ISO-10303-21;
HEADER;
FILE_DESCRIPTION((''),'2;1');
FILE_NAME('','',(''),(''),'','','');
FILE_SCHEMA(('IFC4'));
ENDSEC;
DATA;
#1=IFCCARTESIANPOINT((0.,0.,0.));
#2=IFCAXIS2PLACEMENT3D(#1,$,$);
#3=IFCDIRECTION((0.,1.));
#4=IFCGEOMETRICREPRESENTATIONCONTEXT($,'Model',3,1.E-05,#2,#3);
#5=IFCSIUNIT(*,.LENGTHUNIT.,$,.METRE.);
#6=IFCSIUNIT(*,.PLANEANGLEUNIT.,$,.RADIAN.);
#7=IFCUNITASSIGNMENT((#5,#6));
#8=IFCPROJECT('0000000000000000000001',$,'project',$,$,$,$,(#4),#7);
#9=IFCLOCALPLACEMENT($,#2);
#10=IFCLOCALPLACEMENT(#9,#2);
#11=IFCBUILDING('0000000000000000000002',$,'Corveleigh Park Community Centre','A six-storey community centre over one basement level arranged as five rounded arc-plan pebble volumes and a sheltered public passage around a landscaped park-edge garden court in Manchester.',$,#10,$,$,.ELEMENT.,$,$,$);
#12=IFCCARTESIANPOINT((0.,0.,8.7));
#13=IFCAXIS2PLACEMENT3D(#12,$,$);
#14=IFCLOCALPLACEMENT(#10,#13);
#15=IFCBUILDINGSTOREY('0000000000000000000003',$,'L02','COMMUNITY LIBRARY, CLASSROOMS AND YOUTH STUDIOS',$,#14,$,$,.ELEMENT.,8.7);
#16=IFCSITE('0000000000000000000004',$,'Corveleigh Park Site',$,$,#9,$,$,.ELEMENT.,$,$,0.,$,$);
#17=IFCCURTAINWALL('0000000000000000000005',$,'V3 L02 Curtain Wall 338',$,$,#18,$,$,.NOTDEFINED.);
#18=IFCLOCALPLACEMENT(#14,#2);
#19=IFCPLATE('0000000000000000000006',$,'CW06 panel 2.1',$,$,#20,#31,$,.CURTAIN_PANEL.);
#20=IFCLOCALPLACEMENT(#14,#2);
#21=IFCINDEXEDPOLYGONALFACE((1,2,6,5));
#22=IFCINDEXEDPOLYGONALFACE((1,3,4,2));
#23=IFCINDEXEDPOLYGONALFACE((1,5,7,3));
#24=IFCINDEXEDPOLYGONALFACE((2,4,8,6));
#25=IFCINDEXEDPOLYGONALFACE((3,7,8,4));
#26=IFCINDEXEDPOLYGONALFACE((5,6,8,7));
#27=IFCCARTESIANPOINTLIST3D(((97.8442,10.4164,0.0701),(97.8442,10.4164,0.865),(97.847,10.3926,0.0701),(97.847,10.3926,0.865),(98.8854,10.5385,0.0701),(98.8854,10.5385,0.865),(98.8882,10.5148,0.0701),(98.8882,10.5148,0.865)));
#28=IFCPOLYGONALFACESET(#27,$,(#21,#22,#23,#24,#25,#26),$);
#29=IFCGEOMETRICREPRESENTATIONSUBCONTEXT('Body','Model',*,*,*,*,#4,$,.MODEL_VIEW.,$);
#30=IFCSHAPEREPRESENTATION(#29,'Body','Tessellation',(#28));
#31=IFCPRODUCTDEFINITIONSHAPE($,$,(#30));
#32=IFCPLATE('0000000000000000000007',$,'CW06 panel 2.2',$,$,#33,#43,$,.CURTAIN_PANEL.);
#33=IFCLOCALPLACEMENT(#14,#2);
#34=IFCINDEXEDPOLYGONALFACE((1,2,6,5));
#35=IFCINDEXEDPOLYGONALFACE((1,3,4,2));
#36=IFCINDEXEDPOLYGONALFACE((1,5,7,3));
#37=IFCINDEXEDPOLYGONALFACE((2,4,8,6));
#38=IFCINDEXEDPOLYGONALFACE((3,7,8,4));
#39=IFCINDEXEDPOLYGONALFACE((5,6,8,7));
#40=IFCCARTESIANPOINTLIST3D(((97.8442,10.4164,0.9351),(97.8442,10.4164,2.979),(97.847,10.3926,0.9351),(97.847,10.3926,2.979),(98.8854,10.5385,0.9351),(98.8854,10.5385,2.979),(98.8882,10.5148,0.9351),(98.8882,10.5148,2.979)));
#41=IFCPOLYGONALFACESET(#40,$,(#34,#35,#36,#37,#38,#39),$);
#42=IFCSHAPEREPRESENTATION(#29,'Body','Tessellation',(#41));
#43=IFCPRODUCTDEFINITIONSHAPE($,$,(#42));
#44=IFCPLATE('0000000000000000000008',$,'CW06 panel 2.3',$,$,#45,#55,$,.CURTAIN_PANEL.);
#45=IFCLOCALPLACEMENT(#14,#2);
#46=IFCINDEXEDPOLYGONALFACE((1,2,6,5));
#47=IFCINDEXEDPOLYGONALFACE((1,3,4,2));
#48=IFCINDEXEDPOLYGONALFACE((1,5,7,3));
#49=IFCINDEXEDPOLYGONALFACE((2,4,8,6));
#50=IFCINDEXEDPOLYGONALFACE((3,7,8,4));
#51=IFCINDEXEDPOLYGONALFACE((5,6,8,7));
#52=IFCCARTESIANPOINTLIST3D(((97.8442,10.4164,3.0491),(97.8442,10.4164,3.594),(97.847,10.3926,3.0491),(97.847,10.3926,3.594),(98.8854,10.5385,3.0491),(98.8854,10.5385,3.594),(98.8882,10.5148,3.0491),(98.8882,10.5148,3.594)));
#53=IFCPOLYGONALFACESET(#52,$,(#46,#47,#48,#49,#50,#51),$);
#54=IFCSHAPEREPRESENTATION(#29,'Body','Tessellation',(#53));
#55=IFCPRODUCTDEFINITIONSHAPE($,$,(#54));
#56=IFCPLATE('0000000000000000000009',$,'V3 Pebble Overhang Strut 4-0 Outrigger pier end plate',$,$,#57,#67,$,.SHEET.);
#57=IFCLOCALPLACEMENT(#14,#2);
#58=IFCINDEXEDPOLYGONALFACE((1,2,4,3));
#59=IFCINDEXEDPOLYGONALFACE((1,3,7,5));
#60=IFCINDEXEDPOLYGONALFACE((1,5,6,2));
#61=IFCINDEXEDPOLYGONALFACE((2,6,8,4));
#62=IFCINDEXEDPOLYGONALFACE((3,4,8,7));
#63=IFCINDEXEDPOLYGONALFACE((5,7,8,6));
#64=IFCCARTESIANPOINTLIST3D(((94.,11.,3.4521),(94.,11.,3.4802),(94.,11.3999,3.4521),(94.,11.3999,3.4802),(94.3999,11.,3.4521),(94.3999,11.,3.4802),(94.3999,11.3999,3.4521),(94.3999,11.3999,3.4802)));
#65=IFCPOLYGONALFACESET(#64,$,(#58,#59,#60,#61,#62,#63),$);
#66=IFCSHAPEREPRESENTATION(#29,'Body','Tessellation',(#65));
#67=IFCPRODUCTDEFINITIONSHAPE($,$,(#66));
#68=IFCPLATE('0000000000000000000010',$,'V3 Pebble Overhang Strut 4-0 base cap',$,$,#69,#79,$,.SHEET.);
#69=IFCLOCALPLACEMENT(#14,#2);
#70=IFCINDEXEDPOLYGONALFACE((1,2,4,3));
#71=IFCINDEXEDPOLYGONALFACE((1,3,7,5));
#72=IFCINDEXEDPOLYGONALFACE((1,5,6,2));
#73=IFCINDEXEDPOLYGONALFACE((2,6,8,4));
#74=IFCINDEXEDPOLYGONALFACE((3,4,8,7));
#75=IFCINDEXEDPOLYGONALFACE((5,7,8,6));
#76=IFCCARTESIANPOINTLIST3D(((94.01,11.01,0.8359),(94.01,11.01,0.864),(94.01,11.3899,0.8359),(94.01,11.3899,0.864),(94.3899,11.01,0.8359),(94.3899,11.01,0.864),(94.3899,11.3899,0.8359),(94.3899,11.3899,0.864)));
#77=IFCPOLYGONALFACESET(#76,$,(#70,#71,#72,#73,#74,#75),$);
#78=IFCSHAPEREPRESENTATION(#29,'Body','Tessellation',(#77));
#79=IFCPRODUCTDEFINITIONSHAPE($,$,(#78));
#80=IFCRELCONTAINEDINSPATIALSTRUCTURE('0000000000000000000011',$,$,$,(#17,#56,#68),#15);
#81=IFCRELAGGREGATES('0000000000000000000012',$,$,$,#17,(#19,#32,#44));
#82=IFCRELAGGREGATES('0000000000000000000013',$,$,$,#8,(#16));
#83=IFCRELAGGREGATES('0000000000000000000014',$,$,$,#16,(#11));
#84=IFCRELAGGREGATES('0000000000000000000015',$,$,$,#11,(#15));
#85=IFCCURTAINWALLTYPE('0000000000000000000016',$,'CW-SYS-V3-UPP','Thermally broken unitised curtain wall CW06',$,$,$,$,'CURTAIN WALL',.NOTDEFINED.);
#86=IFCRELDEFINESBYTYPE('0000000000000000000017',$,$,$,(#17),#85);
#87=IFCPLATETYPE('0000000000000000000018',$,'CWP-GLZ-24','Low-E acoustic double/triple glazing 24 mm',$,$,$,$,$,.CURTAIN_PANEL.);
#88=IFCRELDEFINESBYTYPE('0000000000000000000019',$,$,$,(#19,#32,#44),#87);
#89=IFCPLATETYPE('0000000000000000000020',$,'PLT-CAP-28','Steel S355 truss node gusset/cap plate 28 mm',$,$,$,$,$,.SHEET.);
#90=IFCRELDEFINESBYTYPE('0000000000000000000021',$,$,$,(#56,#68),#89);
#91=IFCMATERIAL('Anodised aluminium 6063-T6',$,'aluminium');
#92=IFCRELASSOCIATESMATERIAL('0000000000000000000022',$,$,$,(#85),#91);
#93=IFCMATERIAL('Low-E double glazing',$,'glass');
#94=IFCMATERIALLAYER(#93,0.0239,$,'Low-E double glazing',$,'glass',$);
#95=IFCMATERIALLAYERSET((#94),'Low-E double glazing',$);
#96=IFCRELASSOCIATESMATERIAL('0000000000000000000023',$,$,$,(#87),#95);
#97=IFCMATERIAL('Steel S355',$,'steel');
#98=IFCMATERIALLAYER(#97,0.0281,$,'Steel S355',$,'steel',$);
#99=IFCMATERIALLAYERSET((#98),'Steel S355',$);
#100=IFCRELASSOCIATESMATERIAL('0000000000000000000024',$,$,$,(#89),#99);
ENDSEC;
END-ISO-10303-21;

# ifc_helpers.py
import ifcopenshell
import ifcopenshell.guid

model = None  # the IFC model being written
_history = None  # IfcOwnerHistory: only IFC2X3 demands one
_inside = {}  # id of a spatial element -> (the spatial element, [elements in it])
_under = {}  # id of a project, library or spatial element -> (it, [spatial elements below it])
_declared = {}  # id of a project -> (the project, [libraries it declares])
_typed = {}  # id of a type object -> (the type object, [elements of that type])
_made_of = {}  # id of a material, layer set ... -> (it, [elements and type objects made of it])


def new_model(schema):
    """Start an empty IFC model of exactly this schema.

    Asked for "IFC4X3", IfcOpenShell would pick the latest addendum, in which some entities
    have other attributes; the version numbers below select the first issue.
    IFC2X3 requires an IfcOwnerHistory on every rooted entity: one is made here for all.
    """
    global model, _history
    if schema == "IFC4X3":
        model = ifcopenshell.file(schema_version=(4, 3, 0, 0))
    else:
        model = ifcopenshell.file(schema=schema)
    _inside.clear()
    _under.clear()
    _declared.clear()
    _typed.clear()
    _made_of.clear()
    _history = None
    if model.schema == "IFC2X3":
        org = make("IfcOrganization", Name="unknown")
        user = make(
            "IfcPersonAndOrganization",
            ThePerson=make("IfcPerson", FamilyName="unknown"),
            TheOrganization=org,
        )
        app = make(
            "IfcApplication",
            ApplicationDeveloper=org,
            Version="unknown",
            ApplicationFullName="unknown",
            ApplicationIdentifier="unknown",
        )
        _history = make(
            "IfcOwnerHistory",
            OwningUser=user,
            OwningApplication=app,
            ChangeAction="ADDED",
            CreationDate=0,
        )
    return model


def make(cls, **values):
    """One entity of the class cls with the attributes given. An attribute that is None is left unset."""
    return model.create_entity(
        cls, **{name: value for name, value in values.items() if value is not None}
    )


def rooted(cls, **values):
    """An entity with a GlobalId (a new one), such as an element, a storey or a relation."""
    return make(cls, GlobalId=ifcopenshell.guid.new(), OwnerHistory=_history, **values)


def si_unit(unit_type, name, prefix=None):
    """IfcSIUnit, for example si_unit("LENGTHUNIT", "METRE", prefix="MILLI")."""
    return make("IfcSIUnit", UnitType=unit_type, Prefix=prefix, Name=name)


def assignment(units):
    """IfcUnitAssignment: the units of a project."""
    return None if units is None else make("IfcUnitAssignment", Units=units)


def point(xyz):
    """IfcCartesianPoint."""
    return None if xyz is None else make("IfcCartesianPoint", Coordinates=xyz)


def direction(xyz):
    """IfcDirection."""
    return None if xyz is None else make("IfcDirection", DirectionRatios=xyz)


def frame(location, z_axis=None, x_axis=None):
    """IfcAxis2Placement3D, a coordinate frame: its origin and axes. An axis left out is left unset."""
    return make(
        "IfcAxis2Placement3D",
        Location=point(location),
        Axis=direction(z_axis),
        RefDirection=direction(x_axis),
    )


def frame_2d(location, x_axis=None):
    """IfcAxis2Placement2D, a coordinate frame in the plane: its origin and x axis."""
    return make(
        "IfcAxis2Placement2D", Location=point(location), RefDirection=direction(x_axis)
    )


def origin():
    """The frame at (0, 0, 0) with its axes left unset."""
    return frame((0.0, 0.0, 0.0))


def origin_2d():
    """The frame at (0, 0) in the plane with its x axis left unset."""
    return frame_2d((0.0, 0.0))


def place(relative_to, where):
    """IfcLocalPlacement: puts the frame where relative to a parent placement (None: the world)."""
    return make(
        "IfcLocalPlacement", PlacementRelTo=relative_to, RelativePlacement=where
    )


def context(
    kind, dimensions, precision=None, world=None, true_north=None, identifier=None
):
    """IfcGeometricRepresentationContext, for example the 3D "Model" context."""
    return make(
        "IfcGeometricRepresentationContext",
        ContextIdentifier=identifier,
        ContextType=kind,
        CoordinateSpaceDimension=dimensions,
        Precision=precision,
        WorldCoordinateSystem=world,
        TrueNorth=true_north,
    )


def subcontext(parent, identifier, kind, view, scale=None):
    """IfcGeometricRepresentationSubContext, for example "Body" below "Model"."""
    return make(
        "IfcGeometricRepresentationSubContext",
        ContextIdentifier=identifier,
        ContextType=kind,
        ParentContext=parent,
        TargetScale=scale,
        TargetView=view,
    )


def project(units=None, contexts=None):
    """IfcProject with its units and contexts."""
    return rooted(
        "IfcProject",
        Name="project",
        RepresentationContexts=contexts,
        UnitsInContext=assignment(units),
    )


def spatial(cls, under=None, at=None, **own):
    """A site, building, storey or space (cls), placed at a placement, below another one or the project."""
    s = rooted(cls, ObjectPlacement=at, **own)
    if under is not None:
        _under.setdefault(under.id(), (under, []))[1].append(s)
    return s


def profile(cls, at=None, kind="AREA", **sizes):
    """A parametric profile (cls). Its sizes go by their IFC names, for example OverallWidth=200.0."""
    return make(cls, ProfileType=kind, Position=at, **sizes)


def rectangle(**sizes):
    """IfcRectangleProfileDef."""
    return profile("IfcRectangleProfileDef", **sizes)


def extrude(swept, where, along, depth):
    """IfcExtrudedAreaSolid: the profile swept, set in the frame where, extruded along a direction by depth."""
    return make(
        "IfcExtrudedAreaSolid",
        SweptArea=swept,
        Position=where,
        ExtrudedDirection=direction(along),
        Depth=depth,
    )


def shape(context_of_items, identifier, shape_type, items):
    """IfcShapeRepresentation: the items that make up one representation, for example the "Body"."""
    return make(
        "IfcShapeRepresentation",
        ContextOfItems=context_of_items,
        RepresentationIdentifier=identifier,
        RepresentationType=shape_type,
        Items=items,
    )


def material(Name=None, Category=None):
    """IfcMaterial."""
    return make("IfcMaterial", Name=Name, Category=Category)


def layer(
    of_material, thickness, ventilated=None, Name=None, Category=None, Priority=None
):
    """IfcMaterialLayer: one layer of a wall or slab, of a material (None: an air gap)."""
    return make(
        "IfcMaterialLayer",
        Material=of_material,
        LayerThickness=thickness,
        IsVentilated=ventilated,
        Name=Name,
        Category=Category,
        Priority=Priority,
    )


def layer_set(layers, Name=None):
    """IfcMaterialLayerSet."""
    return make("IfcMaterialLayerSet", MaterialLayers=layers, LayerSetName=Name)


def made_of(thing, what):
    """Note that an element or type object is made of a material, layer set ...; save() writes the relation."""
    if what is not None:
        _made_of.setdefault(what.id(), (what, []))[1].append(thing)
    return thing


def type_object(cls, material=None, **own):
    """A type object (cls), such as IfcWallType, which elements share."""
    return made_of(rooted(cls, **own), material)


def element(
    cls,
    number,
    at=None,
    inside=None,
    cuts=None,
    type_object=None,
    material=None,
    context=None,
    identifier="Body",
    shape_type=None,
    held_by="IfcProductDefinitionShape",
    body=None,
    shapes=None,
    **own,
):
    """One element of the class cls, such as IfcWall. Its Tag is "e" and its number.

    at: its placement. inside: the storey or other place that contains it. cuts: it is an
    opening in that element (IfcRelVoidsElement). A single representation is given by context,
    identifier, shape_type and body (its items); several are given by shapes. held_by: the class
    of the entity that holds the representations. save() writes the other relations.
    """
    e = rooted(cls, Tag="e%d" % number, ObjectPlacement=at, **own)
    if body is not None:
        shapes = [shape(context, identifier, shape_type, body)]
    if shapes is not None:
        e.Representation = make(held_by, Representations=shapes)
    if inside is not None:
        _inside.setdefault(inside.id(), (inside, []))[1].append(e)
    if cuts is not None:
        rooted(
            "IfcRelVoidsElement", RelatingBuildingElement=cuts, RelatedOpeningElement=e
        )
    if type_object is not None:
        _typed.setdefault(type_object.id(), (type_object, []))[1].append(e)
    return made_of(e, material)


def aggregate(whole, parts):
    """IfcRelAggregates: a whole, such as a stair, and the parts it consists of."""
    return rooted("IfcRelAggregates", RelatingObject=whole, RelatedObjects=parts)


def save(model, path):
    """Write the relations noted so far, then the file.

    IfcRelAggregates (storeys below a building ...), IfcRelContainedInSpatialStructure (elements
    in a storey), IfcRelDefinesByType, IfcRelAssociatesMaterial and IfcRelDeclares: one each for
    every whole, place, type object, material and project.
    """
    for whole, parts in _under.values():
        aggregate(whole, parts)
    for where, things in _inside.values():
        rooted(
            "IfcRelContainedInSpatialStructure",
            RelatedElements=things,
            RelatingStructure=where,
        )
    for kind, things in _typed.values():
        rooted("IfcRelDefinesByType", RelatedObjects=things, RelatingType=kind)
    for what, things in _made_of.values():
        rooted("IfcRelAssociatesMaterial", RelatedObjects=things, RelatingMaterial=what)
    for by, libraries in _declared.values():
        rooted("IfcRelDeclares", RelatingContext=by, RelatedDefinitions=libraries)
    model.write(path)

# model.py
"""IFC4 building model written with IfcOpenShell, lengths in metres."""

from ifc_helpers import new_model, si_unit, direction, frame, origin, origin_2d, place, context, subcontext, project, spatial, rectangle, extrude, material, layer, layer_set, type_object, element, aggregate, save


model = new_model("IFC4")

# Units and contexts
model_context = context("Model", 3, precision=1e-05, world=origin(), true_north=direction((0.0, 1.0)))
body_context = subcontext(model_context, "Body", "Model", "MODEL_VIEW")
ifc_project = project(units=[si_unit("LENGTHUNIT", "METRE"), si_unit("PLANEANGLEUNIT", "RADIAN")], contexts=[model_context])

# Site, building, storey
site_placement = place(None, origin())
site = spatial("IfcSite", under=ifc_project, at=site_placement, Name="Corveleigh Park Site", CompositionType="ELEMENT", RefElevation=0.0)
building_placement = place(site_placement, origin())
building = spatial("IfcBuilding", under=site, at=building_placement, Name="Corveleigh Park Community Centre", Description="A six-storey community centre over one basement level arranged as five rounded arc-plan pebble volumes and a sheltered public passage around a landscaped park-edge garden court in Manchester.", CompositionType="ELEMENT")
storey_placement = place(building_placement, frame((0.0, 0.0, 8.7)))
storey = spatial("IfcBuildingStorey", under=building, at=storey_placement, Name="L02", Description="COMMUNITY LIBRARY, CLASSROOMS AND YOUTH STUDIOS", CompositionType="ELEMENT", Elevation=8.7)

# Shared definitions
ifc_material_1 = material(Name="Steel S355", Category="steel")

# Shared definitions
ifc_material_2 = material(Name="Anodised aluminium 6063-T6", Category="aluminium")
curtain_wall_type = type_object("IfcCurtainWallType", Name="CW-SYS-V3-UPP", Description="Thermally broken unitised curtain wall CW06", ElementType="CURTAIN WALL", PredefinedType="NOTDEFINED", material=ifc_material_2)

# Curtain wall
curtain_wall_1_placement = place(storey_placement, origin())
curtain_wall_1 = element("IfcCurtainWall", 1, at=curtain_wall_1_placement, inside=storey, type_object=curtain_wall_type, Name="V3 L02 Curtain Wall 338", PredefinedType="NOTDEFINED")

# Plates
ifc_material_3 = material(Name="Low-E double glazing", Category="glass")
ifc_layer_1 = layer(ifc_material_3, 0.0239, Name="Low-E double glazing", Category="glass")
ifc_layer_set_1 = layer_set([ifc_layer_1], Name="Low-E double glazing")
plate_type_1 = type_object("IfcPlateType", Name="CWP-GLZ-24", Description="Low-E acoustic double/triple glazing 24 mm", PredefinedType="CURTAIN_PANEL", material=ifc_layer_set_1)
plate_1_placement = place(storey_placement, frame((98.3662, 10.4656, 0.0701), z_axis=(0.0, 0.0, 1.0), x_axis=(-0.993189, -0.116512, 0.0)))
plate_1 = element("IfcPlate", 2, at=plate_1_placement, type_object=plate_type_1, Name="CW06 panel 2.1", PredefinedType="CURTAIN_PANEL", context=body_context, shape_type="SweptSolid", body=[
    extrude(rectangle(XDim=1.0483, YDim=0.0239, at=origin_2d()), origin(), (0.0, 0.0, 1.0), 0.7949),
])
plate_2_placement = place(storey_placement, frame((98.3662, 10.4656, 0.9351), z_axis=(0.0, 0.0, 1.0), x_axis=(-0.993189, -0.116512, 0.0)))
plate_2 = element("IfcPlate", 3, at=plate_2_placement, type_object=plate_type_1, Name="CW06 panel 2.2", PredefinedType="CURTAIN_PANEL", context=body_context, shape_type="SweptSolid", body=[
    extrude(rectangle(XDim=1.0483, YDim=0.0239, at=origin_2d()), origin(), (0.0, 0.0, 1.0), 2.0439),
])
plate_3_placement = place(storey_placement, frame((98.3662, 10.4656, 3.0491), z_axis=(0.0, 0.0, 1.0), x_axis=(-0.993189, -0.116512, 0.0)))
plate_3 = element("IfcPlate", 4, at=plate_3_placement, type_object=plate_type_1, Name="CW06 panel 2.3", PredefinedType="CURTAIN_PANEL", context=body_context, shape_type="SweptSolid", body=[
    extrude(rectangle(XDim=1.0483, YDim=0.0239, at=origin_2d()), origin(), (0.0, 0.0, 1.0), 0.5449),
])
aggregate(curtain_wall_1, [plate_1, plate_2, plate_3])

# Plates
ifc_layer_2 = layer(ifc_material_1, 0.0281, Name="Steel S355", Category="steel")
ifc_layer_set_2 = layer_set([ifc_layer_2], Name="Steel S355")
plate_type_2 = type_object("IfcPlateType", Name="PLT-CAP-28", Description="Steel S355 truss node gusset/cap plate 28 mm", PredefinedType="SHEET", material=ifc_layer_set_2)
plate_4_placement = place(storey_placement, frame((94.2, 11.2, 3.4521), z_axis=(0.0, 0.0, 1.0), x_axis=(1.0, 0.0, 0.0)))
element("IfcPlate", 5, at=plate_4_placement, inside=storey, type_object=plate_type_2, Name="V3 Pebble Overhang Strut 4-0 Outrigger pier end plate", PredefinedType="SHEET", context=body_context, shape_type="SweptSolid", body=[
    extrude(rectangle(XDim=0.3999, YDim=0.3999, at=origin_2d()), origin(), (0.0, 0.0, 1.0), 0.0281),
])
plate_5_placement = place(storey_placement, frame((94.2, 11.2, 0.8359), z_axis=(0.0, 0.0, 1.0), x_axis=(1.0, 0.0, 0.0)))
element("IfcPlate", 6, at=plate_5_placement, inside=storey, type_object=plate_type_2, Name="V3 Pebble Overhang Strut 4-0 base cap", PredefinedType="SHEET", context=body_context, shape_type="SweptSolid", body=[
    extrude(rectangle(XDim=0.3799, YDim=0.3799, at=origin_2d()), origin(), (0.0, 0.0, 1.0), 0.0281),
])

save(model, "model.ifc")
